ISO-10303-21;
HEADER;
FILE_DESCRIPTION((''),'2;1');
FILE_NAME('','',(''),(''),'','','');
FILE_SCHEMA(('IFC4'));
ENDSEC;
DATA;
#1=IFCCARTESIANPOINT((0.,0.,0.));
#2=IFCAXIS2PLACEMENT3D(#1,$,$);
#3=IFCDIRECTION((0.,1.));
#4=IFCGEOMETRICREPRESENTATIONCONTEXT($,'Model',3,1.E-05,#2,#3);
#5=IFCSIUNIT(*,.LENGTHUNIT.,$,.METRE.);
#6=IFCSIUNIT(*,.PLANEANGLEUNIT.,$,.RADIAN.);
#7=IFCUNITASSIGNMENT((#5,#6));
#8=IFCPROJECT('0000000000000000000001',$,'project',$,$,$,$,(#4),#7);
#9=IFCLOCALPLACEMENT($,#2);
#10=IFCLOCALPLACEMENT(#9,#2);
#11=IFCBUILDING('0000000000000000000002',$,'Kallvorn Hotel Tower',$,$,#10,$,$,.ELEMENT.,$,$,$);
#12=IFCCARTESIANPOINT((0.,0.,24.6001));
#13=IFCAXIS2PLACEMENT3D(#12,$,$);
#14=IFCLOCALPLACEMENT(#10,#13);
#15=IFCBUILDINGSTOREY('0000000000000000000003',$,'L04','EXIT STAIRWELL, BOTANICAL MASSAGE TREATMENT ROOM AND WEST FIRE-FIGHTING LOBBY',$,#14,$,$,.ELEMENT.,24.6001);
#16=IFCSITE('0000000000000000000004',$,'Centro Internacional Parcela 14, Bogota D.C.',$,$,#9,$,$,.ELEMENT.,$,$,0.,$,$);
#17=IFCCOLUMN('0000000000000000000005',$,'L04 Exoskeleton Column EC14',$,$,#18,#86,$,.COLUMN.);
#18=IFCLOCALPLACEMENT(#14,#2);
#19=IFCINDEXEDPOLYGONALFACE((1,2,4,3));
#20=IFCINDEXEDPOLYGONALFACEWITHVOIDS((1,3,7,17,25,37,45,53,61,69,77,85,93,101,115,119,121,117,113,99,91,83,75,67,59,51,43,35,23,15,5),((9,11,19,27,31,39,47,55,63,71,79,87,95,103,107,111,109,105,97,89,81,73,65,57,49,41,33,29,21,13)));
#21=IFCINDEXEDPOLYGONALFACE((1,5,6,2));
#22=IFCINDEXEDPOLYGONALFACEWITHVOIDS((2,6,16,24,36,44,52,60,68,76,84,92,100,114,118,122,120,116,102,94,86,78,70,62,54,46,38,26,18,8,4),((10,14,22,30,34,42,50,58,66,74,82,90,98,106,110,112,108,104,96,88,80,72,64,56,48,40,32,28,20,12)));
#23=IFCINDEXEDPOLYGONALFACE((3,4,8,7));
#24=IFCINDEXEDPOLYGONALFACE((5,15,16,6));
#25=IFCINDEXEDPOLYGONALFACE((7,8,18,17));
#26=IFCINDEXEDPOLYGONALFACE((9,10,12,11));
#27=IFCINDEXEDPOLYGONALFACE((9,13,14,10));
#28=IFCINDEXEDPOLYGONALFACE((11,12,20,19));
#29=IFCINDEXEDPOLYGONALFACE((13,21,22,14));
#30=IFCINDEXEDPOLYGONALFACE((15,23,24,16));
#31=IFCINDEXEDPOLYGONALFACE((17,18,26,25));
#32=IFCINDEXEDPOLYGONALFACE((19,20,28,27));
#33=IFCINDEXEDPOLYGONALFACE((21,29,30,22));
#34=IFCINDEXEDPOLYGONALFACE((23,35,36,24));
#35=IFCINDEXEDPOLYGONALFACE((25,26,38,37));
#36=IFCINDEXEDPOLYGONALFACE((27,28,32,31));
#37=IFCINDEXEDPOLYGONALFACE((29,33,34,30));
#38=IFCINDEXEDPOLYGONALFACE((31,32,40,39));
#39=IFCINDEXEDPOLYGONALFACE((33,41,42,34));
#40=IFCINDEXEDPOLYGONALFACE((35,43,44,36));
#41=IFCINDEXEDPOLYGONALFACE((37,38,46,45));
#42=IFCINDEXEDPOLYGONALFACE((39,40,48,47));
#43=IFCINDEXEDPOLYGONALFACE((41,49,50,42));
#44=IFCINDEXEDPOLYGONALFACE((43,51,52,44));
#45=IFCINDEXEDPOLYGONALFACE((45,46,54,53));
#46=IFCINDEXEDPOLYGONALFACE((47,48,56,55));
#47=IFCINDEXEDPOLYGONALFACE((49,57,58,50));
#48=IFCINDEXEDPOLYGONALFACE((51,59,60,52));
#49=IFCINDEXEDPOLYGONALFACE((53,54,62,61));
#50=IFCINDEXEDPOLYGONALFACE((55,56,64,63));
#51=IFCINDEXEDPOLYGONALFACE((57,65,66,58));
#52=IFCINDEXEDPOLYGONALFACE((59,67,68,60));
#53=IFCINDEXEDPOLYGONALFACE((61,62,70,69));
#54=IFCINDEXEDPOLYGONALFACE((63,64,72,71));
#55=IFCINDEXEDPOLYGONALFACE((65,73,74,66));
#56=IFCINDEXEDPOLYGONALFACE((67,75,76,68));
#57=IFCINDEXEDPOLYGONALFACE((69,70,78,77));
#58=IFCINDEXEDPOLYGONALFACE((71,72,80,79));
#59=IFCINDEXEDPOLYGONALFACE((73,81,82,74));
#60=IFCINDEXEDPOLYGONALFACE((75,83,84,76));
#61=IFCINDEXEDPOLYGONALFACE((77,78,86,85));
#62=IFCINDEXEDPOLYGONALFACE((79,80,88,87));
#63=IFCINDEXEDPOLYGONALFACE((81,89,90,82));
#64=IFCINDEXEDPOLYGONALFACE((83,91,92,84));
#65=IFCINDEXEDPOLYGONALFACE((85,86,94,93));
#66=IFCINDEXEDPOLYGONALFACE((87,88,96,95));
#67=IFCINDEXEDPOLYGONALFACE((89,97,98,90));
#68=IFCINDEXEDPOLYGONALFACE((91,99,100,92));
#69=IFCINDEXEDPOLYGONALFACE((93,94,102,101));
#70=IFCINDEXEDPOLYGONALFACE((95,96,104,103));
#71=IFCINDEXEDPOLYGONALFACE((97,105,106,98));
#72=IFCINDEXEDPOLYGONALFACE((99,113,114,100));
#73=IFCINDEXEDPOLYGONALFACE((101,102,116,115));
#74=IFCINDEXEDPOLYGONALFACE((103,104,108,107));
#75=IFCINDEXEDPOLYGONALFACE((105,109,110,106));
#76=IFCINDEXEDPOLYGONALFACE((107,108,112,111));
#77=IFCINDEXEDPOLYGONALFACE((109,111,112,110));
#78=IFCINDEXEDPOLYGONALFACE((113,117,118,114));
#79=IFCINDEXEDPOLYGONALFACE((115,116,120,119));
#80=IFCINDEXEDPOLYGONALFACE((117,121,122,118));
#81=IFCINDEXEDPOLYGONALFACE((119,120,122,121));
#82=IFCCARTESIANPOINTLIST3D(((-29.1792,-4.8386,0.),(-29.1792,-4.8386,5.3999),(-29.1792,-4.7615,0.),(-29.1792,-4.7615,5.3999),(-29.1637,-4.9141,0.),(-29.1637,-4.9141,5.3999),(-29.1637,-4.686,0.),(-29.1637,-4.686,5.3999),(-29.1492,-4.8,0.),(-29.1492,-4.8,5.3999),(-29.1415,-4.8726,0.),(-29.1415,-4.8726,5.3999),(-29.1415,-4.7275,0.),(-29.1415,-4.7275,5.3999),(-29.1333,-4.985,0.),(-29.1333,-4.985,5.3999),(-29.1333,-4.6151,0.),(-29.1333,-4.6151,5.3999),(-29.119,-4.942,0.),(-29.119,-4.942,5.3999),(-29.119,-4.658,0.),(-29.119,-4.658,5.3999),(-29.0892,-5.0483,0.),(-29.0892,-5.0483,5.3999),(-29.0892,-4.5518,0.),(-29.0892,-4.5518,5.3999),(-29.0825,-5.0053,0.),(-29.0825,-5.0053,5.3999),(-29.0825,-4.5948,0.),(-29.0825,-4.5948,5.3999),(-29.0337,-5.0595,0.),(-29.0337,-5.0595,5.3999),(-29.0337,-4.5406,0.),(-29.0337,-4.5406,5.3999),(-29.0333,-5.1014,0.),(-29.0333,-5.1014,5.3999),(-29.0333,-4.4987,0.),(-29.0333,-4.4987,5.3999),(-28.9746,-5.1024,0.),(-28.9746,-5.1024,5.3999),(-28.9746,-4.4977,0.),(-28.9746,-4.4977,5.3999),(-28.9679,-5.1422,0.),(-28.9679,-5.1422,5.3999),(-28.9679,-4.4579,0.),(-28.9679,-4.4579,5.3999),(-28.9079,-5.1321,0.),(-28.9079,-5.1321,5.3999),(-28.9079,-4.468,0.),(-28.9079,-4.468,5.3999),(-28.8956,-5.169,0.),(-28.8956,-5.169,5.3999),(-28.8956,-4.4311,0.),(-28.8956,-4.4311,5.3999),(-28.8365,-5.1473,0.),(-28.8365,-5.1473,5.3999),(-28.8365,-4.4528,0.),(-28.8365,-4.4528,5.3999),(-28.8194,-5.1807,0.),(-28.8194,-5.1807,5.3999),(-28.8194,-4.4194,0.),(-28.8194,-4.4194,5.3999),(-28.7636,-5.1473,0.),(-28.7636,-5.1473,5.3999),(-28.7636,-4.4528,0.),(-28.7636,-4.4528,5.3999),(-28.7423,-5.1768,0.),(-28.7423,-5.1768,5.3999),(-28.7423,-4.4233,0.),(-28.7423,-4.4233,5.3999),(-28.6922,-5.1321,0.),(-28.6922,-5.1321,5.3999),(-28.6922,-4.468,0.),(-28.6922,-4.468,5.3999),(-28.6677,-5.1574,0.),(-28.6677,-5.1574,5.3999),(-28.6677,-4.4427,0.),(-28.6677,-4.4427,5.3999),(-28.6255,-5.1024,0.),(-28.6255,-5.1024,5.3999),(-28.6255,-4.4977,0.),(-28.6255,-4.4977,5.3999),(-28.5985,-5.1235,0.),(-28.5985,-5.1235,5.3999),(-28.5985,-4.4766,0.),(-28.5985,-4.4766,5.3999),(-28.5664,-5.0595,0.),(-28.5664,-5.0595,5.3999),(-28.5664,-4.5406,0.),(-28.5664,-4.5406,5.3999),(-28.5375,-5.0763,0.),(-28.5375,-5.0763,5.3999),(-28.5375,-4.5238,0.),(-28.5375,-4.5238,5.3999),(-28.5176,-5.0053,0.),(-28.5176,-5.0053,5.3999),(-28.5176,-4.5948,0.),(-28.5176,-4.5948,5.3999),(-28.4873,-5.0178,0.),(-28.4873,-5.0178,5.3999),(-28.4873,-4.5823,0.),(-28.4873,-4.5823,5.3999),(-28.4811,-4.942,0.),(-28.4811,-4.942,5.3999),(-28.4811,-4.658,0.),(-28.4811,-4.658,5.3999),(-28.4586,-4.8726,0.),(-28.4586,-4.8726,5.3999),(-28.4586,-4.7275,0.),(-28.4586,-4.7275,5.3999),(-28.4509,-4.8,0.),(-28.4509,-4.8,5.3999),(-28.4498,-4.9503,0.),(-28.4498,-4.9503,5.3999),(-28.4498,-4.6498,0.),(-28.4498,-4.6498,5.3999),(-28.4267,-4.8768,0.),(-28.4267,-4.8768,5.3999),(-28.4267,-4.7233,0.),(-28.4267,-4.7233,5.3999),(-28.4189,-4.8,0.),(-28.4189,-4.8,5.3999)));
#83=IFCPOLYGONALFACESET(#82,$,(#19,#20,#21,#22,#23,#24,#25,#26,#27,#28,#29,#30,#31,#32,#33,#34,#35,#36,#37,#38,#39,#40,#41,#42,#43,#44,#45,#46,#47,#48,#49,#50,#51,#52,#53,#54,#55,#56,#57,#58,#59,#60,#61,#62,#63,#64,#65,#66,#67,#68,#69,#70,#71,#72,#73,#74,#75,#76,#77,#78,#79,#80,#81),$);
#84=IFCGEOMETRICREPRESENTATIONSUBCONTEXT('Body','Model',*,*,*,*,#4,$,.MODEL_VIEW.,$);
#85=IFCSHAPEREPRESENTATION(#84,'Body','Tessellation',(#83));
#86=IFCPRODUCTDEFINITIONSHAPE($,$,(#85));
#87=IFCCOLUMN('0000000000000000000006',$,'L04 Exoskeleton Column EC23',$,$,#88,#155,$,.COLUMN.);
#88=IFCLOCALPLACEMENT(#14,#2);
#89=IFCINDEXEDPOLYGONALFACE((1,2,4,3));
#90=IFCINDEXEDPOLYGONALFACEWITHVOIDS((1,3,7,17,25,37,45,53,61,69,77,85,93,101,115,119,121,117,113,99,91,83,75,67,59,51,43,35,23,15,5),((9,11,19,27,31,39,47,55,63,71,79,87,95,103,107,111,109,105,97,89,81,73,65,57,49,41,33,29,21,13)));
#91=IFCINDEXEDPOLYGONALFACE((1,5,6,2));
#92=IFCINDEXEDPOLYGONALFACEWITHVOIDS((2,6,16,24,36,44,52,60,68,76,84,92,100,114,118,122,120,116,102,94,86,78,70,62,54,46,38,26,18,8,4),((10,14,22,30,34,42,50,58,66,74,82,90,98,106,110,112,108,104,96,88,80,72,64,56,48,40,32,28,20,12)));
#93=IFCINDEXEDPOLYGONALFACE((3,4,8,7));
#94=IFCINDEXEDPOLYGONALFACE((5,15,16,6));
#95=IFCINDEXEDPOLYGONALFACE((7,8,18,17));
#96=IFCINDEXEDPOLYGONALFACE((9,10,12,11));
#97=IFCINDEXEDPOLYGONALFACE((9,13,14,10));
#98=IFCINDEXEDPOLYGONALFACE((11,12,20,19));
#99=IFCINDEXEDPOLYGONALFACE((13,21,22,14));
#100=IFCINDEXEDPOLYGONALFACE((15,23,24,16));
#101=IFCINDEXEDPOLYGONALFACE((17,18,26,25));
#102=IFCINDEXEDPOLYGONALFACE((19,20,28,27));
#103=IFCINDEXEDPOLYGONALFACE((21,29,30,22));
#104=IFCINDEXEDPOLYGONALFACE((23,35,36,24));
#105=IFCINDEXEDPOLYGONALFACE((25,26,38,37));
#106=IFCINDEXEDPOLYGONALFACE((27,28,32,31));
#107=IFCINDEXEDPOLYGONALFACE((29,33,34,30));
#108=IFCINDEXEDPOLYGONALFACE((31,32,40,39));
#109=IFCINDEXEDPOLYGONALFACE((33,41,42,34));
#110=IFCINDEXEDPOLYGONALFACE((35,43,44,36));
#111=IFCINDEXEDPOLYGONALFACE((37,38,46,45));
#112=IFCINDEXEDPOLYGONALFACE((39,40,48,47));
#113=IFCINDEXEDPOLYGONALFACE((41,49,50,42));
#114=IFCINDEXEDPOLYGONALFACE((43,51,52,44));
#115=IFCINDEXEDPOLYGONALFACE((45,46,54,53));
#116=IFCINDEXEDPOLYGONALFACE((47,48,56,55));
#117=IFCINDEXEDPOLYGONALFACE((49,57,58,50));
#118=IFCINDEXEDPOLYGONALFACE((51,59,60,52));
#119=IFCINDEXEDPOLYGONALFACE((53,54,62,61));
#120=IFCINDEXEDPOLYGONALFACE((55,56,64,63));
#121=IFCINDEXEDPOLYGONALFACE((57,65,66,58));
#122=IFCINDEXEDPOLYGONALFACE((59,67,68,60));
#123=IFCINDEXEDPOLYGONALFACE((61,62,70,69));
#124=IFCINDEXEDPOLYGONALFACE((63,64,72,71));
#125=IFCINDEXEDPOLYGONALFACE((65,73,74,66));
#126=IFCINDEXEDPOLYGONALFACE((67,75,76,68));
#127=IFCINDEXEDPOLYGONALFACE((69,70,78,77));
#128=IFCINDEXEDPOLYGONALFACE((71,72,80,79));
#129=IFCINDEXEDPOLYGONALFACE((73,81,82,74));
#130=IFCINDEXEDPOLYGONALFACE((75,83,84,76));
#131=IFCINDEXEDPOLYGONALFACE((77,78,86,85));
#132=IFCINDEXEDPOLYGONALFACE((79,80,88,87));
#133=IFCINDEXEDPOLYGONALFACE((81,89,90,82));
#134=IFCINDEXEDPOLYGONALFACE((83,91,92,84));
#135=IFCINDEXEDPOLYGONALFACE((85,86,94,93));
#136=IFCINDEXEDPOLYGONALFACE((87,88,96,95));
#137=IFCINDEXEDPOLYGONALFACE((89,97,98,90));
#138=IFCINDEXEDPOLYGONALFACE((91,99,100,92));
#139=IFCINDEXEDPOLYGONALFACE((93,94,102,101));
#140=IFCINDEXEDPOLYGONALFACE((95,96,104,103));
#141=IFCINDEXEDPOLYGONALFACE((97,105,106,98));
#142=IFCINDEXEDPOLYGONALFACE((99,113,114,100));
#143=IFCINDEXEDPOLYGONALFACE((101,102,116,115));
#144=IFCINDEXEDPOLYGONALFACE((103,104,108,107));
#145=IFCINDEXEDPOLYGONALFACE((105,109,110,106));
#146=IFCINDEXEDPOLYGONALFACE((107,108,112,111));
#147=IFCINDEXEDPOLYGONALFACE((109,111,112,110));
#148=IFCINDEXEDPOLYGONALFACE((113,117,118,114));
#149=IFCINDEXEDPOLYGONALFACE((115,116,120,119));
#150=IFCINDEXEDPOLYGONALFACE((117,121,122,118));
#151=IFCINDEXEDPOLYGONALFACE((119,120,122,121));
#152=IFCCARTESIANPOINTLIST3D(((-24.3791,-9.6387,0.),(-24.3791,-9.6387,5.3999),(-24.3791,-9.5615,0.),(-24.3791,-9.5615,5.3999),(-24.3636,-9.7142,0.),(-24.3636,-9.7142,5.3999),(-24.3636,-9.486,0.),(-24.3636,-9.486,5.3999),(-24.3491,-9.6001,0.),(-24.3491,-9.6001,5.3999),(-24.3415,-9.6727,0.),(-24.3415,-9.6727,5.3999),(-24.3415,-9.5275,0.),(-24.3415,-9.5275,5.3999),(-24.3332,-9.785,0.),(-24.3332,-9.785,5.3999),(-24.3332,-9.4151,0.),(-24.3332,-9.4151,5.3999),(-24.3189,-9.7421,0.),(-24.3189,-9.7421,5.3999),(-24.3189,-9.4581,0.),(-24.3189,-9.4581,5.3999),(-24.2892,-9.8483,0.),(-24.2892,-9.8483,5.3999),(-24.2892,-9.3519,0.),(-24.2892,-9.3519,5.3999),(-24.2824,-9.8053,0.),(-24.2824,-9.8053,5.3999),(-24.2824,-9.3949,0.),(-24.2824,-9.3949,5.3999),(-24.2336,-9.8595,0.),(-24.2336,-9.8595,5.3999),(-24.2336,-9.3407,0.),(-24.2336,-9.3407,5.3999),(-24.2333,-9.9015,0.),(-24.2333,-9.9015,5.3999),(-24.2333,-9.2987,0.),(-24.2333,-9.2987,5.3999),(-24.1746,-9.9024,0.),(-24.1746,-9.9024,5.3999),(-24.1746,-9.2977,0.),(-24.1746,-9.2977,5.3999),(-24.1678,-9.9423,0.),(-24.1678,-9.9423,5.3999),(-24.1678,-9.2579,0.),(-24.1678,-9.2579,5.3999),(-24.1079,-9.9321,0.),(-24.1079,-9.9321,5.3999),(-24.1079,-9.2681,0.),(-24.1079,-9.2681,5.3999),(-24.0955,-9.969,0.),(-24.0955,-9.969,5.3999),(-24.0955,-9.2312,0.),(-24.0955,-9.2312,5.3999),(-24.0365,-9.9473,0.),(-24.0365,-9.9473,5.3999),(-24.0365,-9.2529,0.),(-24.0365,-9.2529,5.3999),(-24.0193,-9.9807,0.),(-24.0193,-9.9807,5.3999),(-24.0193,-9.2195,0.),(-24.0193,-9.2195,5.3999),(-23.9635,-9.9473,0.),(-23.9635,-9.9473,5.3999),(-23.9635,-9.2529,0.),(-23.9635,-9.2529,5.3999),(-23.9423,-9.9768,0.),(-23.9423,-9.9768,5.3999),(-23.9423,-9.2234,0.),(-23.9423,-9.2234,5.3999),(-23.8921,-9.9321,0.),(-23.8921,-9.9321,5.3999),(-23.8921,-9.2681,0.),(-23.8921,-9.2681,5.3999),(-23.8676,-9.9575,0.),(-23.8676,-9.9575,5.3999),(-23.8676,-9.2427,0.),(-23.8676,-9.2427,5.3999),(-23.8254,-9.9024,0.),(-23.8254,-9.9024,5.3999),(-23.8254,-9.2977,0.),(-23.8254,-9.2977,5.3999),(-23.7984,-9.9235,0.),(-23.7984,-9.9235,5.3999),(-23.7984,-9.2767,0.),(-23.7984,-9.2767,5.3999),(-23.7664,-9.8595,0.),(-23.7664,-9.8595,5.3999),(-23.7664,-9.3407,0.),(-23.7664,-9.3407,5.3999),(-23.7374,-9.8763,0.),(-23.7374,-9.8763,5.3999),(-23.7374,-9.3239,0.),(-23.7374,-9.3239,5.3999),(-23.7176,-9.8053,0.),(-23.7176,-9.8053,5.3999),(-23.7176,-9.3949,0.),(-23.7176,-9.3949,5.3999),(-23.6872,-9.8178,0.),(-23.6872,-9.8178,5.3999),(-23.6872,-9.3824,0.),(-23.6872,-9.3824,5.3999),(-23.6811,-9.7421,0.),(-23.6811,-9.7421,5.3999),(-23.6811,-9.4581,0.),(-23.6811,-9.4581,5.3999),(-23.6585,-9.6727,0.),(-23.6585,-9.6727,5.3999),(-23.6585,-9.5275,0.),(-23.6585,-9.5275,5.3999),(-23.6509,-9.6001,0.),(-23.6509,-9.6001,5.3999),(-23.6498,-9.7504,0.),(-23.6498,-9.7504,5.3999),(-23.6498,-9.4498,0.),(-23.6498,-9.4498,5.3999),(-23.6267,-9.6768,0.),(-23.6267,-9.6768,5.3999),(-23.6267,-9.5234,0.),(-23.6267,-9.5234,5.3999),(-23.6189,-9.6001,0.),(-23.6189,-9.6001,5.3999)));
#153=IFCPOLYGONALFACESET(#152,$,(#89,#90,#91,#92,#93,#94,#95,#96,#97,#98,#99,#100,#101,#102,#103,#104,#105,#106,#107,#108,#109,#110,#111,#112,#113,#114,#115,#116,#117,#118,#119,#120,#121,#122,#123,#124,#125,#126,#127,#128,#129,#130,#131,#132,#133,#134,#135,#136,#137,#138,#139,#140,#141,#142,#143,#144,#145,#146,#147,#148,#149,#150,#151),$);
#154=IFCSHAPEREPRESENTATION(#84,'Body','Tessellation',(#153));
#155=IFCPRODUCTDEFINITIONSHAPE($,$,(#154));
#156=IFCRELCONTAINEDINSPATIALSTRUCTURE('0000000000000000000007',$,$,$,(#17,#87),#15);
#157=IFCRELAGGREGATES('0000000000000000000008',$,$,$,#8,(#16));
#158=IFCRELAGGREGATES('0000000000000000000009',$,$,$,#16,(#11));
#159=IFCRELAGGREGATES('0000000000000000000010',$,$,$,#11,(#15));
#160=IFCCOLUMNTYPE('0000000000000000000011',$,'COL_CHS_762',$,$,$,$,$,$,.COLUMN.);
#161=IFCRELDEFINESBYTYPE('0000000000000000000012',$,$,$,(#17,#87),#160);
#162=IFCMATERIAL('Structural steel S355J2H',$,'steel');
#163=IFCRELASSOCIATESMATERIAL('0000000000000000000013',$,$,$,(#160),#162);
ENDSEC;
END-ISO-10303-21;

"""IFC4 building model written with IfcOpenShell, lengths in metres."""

from ifc_helpers import new_model, si_unit, direction, frame, origin, origin_2d, place, context, subcontext, project, spatial, hollow_circle, extrude, material, material_profile, profile_set, type_object, element, save


model = new_model("IFC4")

# Units and contexts
model_context = context("Model", 3, precision=1e-05, world=origin(), true_north=direction((0.0, 1.0)))
body_context = subcontext(model_context, "Body", "Model", "MODEL_VIEW")
ifc_project = project(units=[si_unit("LENGTHUNIT", "METRE"), si_unit("PLANEANGLEUNIT", "RADIAN")], contexts=[model_context])

# Site, building, storey
site_placement = place(None, origin())
site = spatial("IfcSite", under=ifc_project, at=site_placement, Name="Centro Internacional Parcela 14, Bogota D.C.", CompositionType="ELEMENT", RefElevation=0.0)
building_placement = place(site_placement, origin())
building = spatial("IfcBuilding", under=site, at=building_placement, Name="Kallvorn Hotel Tower", CompositionType="ELEMENT")
storey_placement = place(building_placement, frame((0.0, 0.0, 24.6001)))
storey = spatial("IfcBuildingStorey", under=building, at=storey_placement, Name="L04", Description="EXIT STAIRWELL, BOTANICAL MASSAGE TREATMENT ROOM AND WEST FIRE-FIGHTING LOBBY", CompositionType="ELEMENT", Elevation=24.6001)

# Columns
ifc_material_1 = material(Name="Structural steel S355J2H", Category="steel")
ifc_material_profile_1 = material_profile(ifc_material_1, hollow_circle(Radius=0.3811, WallThickness=0.032, at=origin_2d()), Name="CHS 762x32")
ifc_profile_set_1 = profile_set([ifc_material_profile_1], Name="Structural steel S355J2H")
column_type_1 = type_object("IfcColumnType", Name="COL_CHS_762", PredefinedType="COLUMN", material=ifc_profile_set_1)
for number, where, z_axis, x_axis, name in (
    (1, (-28.8, -4.8, 0.0), (0.0, 0.0, 1.0), (1.0, 0.0, 0.0), "L04 Exoskeleton Column EC14"),
    (2, (-24.0, -9.6001, 0.0), (0.0, 0.0, 1.0), (1.0, 0.0, 0.0), "L04 Exoskeleton Column EC23"),
):
    element("IfcColumn", number, at=place(storey_placement, frame(where, z_axis=z_axis, x_axis=x_axis)), inside=storey, type_object=column_type_1, Name=name, PredefinedType="COLUMN", context=body_context, shape_type="SweptSolid", body=[
        extrude(hollow_circle(Radius=0.3811, WallThickness=0.032, at=origin_2d()), origin(), (0.0, 0.0, 1.0), 5.3999),
    ])

save(model, "model.ifc")
